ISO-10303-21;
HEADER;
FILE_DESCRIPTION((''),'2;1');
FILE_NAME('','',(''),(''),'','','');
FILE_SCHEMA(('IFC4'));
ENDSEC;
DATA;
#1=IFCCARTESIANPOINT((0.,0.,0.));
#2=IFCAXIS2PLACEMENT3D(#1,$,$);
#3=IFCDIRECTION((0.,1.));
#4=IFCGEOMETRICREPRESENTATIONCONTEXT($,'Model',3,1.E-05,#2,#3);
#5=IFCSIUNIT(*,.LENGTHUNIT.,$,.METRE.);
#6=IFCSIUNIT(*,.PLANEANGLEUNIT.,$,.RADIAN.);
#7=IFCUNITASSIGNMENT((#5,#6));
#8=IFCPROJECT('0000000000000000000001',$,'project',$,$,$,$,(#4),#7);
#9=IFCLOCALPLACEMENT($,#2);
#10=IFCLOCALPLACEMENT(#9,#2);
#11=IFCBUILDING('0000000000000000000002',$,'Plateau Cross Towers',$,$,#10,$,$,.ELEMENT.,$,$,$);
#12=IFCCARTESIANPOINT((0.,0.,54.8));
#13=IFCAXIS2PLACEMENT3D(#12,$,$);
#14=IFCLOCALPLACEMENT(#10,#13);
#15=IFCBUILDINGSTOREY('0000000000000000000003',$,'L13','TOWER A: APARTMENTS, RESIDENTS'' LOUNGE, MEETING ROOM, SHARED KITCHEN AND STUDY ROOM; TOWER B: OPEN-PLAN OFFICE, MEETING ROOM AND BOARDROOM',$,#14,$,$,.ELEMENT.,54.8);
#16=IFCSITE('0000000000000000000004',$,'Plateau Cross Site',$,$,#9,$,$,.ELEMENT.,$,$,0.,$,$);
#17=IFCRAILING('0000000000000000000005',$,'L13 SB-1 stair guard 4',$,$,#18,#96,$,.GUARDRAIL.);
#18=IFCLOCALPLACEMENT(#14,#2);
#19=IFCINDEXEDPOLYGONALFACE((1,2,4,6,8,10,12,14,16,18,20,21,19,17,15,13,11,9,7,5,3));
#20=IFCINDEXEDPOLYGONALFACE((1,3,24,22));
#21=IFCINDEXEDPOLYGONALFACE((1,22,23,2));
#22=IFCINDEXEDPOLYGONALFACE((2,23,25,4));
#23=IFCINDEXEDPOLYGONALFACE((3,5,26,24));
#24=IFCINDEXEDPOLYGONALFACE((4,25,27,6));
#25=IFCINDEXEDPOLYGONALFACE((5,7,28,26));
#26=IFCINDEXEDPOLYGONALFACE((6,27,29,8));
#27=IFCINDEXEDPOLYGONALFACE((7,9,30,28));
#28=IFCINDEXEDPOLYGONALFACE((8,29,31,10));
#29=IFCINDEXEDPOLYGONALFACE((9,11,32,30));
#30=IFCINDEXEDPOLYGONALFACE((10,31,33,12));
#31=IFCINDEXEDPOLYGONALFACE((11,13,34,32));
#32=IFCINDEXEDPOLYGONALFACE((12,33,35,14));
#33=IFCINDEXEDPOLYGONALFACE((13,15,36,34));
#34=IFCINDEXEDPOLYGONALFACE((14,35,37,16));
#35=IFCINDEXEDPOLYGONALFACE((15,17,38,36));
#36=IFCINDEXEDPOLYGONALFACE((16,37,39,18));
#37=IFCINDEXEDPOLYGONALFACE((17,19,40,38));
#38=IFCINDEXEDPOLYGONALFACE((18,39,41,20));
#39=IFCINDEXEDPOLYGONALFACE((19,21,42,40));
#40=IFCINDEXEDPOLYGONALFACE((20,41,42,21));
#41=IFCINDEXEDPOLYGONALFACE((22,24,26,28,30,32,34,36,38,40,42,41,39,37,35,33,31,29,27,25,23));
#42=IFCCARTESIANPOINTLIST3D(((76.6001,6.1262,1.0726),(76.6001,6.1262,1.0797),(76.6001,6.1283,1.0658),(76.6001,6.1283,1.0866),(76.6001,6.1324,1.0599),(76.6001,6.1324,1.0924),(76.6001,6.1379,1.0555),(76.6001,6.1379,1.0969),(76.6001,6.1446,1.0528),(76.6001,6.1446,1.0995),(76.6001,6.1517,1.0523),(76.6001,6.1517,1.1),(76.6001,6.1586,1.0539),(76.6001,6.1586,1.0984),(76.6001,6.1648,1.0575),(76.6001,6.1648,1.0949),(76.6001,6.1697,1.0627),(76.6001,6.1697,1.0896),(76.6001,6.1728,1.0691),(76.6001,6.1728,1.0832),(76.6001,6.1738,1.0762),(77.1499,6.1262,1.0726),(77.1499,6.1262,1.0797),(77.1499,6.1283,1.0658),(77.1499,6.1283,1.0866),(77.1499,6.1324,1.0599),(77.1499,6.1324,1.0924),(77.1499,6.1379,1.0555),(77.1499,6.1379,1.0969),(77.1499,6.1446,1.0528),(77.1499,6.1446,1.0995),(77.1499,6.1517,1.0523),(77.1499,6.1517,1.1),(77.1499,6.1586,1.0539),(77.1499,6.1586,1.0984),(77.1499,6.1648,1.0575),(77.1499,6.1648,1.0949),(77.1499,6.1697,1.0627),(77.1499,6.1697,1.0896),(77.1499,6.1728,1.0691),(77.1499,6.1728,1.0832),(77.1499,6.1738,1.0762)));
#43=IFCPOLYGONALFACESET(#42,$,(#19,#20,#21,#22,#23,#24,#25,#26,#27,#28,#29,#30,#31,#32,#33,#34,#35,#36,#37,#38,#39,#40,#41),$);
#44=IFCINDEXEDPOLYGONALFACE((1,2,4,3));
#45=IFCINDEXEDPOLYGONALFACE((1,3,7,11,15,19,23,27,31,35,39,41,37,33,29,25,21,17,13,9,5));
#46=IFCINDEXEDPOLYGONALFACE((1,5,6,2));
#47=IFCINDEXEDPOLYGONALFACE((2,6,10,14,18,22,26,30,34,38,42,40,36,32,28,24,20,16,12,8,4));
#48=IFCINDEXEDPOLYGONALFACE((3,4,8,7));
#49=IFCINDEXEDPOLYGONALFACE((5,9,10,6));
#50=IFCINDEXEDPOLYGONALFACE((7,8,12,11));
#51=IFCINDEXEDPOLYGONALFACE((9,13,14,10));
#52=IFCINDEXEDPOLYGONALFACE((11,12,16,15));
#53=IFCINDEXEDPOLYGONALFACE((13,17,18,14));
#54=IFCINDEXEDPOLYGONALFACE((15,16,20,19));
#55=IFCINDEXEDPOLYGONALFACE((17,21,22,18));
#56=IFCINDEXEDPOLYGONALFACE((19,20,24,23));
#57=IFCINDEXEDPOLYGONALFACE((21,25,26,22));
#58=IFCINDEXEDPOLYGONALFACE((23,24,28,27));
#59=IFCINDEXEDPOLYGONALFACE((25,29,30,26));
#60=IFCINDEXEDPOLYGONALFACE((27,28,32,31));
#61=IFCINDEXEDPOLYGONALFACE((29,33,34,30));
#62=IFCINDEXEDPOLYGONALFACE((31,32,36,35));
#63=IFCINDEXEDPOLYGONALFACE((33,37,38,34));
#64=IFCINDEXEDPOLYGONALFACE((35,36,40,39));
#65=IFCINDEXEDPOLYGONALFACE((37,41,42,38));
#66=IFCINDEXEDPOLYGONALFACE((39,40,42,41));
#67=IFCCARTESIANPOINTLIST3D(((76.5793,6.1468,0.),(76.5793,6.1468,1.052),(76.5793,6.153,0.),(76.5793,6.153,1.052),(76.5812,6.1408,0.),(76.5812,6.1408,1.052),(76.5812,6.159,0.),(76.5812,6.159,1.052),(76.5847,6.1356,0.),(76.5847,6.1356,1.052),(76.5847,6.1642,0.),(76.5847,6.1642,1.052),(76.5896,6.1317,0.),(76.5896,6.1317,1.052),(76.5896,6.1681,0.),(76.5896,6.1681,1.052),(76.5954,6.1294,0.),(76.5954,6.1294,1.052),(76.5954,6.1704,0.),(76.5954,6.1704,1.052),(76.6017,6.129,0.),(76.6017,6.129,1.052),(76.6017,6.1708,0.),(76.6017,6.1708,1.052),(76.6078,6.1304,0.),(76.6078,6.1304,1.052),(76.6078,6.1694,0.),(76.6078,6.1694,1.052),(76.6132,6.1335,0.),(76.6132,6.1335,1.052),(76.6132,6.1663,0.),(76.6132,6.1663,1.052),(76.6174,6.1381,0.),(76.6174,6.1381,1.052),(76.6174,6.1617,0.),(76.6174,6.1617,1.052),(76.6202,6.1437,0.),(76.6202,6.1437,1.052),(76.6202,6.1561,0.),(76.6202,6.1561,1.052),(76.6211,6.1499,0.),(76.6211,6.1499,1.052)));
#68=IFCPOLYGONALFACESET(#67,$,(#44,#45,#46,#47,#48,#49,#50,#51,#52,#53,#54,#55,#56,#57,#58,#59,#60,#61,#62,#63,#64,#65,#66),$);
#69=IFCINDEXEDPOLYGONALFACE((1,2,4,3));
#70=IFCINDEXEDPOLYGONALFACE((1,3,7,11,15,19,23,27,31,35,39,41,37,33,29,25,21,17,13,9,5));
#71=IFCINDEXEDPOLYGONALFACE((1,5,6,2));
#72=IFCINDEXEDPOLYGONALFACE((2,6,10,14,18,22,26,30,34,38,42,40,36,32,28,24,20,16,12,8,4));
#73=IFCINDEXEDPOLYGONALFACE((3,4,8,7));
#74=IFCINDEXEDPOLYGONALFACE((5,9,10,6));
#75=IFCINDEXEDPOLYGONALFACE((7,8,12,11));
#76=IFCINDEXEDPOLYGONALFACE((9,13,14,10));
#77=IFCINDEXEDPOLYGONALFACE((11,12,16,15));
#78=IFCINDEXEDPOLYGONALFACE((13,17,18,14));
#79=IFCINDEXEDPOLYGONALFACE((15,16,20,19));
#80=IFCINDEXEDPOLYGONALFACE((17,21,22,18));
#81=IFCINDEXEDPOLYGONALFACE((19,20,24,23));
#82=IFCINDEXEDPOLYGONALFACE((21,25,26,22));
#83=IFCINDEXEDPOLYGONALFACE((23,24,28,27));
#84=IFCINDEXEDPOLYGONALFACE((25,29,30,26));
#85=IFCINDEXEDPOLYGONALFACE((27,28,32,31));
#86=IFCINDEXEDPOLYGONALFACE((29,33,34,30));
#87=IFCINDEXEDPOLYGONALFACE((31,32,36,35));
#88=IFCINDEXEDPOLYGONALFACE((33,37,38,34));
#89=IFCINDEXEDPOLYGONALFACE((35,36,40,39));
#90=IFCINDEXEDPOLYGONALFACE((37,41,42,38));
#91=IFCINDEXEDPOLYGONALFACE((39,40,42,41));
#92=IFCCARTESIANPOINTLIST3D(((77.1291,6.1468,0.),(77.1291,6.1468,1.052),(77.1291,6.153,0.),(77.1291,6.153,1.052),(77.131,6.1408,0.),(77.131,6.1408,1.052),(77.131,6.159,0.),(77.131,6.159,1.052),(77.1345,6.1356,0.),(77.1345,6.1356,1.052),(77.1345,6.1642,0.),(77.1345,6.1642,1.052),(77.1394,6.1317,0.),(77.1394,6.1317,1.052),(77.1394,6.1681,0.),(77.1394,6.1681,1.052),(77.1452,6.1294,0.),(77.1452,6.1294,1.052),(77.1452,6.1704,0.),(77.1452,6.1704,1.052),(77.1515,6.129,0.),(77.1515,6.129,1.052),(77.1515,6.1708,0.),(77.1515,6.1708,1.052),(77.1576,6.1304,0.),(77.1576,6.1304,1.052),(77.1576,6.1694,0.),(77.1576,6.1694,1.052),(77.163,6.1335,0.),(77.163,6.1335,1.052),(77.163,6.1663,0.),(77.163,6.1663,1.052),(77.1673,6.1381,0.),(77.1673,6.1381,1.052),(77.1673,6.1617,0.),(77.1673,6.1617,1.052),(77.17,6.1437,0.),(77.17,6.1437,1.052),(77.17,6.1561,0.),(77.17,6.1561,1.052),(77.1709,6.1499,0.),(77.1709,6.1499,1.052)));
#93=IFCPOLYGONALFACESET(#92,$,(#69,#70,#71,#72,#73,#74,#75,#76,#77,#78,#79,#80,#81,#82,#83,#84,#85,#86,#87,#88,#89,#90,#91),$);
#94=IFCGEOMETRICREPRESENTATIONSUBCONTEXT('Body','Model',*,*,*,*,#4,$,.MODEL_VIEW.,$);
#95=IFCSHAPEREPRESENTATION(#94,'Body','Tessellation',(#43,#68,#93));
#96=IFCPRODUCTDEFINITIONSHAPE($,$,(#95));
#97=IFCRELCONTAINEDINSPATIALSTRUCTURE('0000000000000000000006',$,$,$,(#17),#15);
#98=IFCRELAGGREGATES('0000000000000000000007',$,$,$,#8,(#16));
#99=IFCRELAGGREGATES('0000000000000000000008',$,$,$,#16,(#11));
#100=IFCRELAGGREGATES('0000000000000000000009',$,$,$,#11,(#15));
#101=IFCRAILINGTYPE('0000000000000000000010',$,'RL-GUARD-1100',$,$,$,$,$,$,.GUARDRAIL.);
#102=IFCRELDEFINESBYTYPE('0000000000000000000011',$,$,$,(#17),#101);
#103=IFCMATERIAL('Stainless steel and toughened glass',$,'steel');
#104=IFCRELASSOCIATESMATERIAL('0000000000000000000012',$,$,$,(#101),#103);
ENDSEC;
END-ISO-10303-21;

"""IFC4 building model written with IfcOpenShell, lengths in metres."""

from ifc_helpers import new_model, si_unit, direction, frame, origin, origin_2d, place, context, subcontext, project, spatial, circle, extrude, material, type_object, element, save


model = new_model("IFC4")

# Units and contexts
model_context = context("Model", 3, precision=1e-05, world=origin(), true_north=direction((0.0, 1.0)))
body_context = subcontext(model_context, "Body", "Model", "MODEL_VIEW")
ifc_project = project(units=[si_unit("LENGTHUNIT", "METRE"), si_unit("PLANEANGLEUNIT", "RADIAN")], contexts=[model_context])

# Site, building, storey
site_placement = place(None, origin())
site = spatial("IfcSite", under=ifc_project, at=site_placement, Name="Plateau Cross Site", CompositionType="ELEMENT", RefElevation=0.0)
building_placement = place(site_placement, origin())
building = spatial("IfcBuilding", under=site, at=building_placement, Name="Plateau Cross Towers", CompositionType="ELEMENT")
storey_placement = place(building_placement, frame((0.0, 0.0, 54.8)))
storey = spatial("IfcBuildingStorey", under=building, at=storey_placement, Name="L13", Description="TOWER A: APARTMENTS, RESIDENTS' LOUNGE, MEETING ROOM, SHARED KITCHEN AND STUDY ROOM; TOWER B: OPEN-PLAN OFFICE, MEETING ROOM AND BOARDROOM", CompositionType="ELEMENT", Elevation=54.8)

# Railing
ifc_material_1 = material(Name="Stainless steel and toughened glass", Category="steel")
railing_type_1 = type_object("IfcRailingType", Name="RL-GUARD-1100", PredefinedType="GUARDRAIL", material=ifc_material_1)
railing_1_placement = place(storey_placement, frame((76.6001, 6.1499, 0.0)))
element("IfcRailing", 1, at=railing_1_placement, inside=storey, type_object=railing_type_1, Name="L13 SB-1 stair guard 4", PredefinedType="GUARDRAIL", context=body_context, shape_type="SweptSolid", body=[
    extrude(circle(Radius=0.0239, at=origin_2d()), frame((0.0, 0.0, 1.0762), z_axis=(1.0, 0.0, 0.0), x_axis=(0.0, 1.0, 0.0)), (0.0, 0.0, 1.0), 0.5498),
    extrude(circle(Radius=0.021, at=origin_2d()), origin(), (0.0, 0.0, 1.0), 1.052),
    extrude(circle(Radius=0.021, at=origin_2d()), frame((0.5498, 0.0, 0.0)), (0.0, 0.0, 1.0), 1.052),
])

save(model, "model.ifc")
